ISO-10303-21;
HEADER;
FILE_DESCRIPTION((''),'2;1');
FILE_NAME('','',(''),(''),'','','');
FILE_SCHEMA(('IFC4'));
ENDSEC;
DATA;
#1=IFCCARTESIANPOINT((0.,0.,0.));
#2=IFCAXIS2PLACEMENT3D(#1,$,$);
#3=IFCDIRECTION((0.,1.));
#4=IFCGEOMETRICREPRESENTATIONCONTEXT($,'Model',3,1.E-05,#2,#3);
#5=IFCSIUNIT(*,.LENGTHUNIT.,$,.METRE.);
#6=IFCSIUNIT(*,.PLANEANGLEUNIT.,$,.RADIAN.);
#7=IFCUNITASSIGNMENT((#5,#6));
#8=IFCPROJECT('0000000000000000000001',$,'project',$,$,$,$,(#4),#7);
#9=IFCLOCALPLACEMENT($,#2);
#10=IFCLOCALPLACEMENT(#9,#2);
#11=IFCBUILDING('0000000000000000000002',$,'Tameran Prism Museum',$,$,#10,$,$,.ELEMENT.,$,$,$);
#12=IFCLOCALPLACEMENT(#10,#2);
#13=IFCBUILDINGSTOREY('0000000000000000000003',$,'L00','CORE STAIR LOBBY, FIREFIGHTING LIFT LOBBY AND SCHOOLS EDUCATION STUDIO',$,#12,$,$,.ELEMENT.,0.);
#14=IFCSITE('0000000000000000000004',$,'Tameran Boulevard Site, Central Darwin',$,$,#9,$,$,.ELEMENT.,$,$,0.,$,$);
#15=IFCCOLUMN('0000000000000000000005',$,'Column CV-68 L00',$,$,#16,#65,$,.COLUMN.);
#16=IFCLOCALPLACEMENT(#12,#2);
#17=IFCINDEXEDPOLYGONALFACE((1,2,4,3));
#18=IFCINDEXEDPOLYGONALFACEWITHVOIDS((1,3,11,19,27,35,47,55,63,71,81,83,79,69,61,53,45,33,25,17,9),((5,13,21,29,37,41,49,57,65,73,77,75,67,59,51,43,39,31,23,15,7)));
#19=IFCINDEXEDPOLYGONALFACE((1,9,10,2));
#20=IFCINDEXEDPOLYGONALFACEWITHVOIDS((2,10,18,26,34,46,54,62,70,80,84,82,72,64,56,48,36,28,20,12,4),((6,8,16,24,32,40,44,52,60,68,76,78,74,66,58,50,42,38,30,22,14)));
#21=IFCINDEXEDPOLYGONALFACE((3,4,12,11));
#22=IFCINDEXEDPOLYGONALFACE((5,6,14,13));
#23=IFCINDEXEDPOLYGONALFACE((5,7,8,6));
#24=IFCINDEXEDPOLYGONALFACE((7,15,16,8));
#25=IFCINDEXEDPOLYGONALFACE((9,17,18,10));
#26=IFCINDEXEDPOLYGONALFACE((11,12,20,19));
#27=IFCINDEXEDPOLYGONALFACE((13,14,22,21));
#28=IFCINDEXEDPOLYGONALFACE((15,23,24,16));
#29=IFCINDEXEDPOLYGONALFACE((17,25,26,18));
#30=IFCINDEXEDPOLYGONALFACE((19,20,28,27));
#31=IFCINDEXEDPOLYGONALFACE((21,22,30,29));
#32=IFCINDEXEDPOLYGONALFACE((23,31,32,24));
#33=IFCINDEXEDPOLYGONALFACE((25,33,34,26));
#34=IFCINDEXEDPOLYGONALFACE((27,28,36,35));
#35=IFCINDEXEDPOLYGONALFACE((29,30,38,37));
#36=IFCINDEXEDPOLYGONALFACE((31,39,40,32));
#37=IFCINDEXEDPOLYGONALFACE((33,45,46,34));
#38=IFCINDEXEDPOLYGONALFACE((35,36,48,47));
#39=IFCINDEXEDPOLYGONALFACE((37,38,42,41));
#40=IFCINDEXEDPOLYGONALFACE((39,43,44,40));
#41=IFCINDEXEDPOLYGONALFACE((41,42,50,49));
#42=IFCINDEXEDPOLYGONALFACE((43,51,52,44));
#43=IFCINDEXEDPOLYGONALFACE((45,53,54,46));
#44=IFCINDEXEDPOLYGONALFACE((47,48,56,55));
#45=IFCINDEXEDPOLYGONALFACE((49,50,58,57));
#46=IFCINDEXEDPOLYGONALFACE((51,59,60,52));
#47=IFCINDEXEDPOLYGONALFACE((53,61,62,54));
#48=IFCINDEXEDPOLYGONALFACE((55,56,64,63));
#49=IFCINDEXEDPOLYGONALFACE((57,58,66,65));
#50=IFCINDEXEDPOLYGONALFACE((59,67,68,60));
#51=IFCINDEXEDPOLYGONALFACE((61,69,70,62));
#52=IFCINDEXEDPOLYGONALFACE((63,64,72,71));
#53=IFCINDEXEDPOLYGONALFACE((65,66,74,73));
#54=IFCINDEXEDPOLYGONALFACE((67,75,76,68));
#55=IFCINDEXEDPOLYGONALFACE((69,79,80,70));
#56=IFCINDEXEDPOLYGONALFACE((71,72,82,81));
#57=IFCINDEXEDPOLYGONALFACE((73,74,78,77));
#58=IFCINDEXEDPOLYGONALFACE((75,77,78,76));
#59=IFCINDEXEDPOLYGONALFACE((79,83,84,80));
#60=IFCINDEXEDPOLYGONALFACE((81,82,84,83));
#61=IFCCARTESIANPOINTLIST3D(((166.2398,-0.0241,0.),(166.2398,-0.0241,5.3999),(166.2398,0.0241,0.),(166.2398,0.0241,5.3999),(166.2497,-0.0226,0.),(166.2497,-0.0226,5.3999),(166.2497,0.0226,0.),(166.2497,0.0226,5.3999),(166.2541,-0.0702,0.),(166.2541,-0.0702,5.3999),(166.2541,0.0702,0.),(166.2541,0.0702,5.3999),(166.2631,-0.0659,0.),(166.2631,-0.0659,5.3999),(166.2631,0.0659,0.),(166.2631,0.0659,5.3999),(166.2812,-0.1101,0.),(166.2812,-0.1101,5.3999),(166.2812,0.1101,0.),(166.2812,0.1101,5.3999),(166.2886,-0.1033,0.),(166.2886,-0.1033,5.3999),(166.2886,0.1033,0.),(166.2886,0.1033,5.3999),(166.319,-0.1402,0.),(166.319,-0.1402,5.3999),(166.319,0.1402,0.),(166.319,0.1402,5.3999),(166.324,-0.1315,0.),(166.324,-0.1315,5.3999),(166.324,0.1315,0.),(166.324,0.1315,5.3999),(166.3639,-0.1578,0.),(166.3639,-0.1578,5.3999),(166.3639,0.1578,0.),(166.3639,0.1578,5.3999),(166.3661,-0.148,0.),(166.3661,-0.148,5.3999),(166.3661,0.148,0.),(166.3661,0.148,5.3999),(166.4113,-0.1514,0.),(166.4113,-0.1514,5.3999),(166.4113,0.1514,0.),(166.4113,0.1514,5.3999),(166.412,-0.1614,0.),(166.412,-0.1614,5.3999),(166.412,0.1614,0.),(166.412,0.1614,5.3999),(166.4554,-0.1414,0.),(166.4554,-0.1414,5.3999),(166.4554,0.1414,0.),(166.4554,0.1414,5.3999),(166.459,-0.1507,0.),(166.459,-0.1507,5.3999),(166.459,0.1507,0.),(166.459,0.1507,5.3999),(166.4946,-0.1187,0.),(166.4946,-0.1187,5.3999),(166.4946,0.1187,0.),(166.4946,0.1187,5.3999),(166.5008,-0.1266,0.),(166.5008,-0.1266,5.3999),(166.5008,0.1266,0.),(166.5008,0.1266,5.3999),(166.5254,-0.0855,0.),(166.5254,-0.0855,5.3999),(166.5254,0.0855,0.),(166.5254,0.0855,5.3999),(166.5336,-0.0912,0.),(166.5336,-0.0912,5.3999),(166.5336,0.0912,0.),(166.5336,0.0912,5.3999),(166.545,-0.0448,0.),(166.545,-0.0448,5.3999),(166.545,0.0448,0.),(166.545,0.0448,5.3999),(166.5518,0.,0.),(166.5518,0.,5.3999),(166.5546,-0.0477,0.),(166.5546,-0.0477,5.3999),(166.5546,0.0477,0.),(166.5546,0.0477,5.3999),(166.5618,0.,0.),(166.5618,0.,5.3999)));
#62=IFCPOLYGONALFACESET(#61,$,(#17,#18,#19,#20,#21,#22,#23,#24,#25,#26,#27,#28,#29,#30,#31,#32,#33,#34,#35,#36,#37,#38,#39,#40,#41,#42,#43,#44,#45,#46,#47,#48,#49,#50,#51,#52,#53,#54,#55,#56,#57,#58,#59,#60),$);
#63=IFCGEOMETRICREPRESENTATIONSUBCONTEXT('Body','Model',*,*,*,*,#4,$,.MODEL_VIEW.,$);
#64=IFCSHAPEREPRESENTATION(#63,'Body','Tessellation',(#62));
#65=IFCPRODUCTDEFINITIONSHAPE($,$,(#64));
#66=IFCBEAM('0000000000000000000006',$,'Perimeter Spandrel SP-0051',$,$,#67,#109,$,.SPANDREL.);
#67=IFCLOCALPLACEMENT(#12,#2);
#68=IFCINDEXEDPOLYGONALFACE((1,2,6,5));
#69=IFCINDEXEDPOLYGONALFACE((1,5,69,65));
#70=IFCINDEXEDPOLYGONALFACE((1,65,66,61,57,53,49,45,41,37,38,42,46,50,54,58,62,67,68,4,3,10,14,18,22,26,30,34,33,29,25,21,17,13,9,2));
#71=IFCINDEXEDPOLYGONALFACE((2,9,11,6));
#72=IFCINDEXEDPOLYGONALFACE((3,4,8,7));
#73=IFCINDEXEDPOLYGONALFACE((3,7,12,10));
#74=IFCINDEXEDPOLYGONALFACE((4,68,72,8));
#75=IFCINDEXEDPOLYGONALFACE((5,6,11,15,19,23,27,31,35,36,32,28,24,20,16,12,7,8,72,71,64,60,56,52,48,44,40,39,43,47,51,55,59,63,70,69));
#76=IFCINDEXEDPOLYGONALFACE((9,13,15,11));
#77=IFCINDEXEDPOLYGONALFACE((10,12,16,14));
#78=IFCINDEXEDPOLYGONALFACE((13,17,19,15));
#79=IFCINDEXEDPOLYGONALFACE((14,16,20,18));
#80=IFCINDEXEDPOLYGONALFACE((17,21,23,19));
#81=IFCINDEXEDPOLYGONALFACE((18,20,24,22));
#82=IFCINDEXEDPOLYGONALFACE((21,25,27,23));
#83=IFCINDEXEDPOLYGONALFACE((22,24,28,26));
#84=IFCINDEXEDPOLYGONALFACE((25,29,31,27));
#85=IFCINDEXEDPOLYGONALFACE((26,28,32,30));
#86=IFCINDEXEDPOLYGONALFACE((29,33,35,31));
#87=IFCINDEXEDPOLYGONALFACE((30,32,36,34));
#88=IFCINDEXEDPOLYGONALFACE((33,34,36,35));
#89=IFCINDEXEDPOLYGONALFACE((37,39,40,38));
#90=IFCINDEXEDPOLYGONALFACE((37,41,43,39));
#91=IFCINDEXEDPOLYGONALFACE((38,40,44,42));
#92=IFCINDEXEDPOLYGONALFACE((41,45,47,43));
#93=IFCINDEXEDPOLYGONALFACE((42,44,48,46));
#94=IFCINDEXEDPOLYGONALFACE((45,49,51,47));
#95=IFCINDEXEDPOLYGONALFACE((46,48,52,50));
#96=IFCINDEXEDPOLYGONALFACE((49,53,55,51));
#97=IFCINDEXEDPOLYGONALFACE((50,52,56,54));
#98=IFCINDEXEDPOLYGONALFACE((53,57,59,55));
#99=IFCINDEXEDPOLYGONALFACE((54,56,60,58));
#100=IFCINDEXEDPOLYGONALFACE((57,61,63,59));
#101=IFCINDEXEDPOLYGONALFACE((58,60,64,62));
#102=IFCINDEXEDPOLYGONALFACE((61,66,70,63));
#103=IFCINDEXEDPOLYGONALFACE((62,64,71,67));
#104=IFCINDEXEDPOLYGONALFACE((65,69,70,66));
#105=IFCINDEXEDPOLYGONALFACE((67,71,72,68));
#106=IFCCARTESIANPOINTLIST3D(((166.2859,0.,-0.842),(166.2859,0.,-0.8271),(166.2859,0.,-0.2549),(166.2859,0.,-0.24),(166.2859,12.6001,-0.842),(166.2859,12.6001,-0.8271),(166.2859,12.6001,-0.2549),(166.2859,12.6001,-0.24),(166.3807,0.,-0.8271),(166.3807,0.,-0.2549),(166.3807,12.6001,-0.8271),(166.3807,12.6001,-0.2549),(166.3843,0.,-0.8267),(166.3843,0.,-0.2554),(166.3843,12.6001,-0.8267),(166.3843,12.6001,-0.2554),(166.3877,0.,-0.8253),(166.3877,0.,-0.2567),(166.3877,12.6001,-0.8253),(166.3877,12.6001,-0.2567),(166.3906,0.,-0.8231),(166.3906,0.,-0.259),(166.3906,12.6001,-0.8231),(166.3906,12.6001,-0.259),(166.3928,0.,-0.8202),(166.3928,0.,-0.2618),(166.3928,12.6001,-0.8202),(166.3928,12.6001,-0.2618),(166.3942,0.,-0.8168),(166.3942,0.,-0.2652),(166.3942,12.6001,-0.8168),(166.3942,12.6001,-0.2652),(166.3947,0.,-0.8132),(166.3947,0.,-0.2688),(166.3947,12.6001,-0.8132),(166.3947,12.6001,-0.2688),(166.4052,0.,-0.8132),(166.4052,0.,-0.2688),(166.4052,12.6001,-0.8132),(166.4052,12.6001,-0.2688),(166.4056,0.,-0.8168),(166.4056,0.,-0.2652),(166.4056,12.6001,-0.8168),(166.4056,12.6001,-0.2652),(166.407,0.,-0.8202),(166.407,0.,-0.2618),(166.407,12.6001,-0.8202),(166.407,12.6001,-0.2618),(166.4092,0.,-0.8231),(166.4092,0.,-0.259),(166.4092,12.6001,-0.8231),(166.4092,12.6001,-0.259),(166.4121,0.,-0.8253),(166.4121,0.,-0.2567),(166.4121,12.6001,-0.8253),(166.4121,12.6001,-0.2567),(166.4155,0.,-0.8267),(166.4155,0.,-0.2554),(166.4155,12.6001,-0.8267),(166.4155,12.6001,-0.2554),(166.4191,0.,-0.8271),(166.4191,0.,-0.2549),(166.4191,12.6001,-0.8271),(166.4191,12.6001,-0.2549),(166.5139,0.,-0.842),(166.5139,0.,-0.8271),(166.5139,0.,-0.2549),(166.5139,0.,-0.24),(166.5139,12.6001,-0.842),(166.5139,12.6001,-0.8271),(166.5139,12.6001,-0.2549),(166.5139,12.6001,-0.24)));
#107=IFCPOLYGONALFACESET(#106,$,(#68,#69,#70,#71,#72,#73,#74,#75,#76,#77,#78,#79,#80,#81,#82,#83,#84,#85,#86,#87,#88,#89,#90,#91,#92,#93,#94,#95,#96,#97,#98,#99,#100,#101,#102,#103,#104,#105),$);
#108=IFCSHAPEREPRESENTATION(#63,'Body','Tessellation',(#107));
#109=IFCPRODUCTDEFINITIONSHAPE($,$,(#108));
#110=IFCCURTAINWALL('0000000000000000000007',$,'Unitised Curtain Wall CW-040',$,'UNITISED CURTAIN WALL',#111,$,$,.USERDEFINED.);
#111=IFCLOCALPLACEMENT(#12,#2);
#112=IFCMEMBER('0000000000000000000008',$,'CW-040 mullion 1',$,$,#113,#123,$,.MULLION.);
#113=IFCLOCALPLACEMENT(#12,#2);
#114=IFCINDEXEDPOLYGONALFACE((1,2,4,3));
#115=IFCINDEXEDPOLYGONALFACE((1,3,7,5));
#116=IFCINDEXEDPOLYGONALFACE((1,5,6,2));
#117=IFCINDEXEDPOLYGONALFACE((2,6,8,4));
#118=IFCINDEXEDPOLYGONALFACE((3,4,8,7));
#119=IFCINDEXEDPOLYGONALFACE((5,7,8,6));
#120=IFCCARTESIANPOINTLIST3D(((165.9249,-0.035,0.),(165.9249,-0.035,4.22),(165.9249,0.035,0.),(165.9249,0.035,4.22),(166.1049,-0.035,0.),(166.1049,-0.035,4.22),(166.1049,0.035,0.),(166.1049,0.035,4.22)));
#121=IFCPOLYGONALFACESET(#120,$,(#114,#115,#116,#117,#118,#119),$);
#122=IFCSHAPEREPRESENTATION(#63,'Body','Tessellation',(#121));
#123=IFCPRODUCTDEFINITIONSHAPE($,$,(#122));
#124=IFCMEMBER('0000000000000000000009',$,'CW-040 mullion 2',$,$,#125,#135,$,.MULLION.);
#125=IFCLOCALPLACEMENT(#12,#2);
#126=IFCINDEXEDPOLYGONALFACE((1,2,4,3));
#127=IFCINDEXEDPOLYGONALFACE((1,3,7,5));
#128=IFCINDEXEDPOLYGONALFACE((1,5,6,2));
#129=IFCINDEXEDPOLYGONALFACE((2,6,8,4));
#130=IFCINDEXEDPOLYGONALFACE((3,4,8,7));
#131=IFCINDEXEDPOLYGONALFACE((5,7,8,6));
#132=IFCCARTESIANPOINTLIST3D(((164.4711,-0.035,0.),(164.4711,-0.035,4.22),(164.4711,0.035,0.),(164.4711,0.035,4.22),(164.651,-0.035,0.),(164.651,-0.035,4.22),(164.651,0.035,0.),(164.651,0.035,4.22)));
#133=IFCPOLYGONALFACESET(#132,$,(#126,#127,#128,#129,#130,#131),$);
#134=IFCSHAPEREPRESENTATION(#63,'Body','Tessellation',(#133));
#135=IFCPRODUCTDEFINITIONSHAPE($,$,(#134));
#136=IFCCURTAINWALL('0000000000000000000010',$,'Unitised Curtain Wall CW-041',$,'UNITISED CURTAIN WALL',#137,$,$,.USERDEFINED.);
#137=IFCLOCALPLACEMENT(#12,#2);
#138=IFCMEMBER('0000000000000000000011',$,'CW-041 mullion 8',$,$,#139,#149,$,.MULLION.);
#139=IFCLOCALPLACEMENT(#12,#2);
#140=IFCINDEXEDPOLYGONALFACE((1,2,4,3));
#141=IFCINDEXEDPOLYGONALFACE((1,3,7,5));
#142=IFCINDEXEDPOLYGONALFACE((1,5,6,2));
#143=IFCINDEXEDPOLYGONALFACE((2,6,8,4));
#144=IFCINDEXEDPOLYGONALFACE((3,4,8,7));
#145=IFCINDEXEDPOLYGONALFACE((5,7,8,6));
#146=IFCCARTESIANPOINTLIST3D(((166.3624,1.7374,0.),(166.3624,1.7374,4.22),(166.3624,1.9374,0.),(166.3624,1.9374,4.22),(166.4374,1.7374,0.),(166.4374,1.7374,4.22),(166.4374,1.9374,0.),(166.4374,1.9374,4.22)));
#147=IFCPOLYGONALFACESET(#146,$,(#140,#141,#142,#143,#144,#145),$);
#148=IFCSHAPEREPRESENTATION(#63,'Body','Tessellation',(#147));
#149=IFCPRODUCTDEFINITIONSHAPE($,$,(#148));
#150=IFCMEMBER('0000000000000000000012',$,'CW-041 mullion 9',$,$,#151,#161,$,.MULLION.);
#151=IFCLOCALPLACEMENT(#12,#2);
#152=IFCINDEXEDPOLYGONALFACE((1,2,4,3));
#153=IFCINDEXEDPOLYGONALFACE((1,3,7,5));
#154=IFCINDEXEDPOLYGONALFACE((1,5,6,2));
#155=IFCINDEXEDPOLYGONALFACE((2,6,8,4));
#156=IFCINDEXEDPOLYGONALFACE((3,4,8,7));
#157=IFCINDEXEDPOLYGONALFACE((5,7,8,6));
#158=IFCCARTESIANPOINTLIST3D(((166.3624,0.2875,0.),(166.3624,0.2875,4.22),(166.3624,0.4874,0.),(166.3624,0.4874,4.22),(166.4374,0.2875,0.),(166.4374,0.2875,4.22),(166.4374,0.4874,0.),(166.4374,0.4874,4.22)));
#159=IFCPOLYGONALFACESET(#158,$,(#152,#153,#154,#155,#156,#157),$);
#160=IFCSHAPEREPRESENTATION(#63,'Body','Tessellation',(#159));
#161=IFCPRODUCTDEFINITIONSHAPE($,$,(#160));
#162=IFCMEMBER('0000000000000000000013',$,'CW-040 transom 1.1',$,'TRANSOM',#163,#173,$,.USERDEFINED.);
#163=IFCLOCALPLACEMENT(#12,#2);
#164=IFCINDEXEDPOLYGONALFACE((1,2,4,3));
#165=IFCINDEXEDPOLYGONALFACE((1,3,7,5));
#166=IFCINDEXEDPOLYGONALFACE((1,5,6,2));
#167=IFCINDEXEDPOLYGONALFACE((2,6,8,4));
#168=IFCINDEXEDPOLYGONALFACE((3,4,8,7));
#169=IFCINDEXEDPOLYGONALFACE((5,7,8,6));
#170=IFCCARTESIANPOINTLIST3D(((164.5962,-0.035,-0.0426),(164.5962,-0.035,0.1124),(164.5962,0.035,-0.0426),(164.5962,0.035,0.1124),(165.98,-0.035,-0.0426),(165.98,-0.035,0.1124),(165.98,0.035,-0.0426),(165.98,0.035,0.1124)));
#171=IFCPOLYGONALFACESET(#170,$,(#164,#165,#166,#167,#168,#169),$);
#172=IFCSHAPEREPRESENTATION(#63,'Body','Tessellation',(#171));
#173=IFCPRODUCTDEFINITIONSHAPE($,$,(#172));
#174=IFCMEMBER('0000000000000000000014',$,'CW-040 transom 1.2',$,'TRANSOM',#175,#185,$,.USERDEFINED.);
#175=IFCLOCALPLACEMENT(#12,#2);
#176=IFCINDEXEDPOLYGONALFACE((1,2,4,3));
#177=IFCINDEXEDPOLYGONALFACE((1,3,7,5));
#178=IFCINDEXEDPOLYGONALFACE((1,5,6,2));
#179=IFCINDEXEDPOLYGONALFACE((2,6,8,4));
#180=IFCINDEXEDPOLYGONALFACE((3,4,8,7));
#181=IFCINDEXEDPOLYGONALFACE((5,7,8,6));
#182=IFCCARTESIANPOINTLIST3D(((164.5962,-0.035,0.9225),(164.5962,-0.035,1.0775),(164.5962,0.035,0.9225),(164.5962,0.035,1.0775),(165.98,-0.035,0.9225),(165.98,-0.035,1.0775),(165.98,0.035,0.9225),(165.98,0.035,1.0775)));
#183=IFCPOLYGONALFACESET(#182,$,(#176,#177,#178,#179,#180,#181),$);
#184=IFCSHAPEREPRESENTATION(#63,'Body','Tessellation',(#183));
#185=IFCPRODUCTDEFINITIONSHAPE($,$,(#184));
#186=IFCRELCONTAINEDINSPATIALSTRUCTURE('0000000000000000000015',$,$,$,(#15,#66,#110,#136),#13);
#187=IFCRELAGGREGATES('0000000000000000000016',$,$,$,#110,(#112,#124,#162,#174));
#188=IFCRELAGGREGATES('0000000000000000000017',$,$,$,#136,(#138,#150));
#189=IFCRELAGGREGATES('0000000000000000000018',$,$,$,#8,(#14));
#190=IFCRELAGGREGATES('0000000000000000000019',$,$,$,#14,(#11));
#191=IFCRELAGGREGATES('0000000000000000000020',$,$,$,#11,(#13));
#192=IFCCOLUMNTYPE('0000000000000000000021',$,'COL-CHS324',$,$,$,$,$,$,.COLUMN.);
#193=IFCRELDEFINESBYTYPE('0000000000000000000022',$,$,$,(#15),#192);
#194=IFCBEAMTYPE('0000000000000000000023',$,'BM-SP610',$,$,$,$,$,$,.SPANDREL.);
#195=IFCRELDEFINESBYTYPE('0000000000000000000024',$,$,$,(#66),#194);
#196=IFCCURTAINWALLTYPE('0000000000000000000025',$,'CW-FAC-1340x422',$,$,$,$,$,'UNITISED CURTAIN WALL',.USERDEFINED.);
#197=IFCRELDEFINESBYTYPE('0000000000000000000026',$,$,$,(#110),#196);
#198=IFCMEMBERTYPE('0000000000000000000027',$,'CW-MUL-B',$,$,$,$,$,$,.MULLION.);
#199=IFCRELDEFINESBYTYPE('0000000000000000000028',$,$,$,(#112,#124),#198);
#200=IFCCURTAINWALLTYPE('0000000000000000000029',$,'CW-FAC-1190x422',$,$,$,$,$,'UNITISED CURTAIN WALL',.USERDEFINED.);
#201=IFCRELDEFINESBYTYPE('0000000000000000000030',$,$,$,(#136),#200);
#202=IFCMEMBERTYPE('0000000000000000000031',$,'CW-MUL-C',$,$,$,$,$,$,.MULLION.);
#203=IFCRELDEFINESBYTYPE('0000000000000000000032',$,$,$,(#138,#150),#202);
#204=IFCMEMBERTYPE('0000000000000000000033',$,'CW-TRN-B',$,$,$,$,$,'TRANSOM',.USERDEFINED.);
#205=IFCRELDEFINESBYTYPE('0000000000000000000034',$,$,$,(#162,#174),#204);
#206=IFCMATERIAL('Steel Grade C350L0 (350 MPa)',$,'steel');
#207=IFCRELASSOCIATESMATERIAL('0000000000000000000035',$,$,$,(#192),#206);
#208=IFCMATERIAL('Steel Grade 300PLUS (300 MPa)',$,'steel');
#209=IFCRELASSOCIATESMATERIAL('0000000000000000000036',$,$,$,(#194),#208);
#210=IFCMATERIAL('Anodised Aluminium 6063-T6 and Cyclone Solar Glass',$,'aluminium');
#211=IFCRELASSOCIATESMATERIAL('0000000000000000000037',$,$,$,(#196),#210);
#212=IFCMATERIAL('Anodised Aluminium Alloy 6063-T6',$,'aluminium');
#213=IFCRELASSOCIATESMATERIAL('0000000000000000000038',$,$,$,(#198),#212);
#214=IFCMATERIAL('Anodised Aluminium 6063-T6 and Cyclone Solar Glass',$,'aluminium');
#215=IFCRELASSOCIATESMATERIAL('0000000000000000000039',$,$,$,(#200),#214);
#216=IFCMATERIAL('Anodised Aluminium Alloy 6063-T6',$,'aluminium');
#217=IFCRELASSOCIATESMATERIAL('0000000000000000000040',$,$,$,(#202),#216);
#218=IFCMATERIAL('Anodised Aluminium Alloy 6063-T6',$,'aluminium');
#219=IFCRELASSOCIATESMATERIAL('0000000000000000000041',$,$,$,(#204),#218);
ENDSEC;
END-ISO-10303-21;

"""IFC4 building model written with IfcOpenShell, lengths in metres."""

from ifc_helpers import new_model, si_unit, direction, frame, origin, origin_2d, place, context, subcontext, project, spatial, rectangle, hollow_circle, i_section, extrude, material, material_profile, profile_set, type_object, element, aggregate, save


model = new_model("IFC4")

# Units and contexts
model_context = context("Model", 3, precision=1e-05, world=origin(), true_north=direction((0.0, 1.0)))
body_context = subcontext(model_context, "Body", "Model", "MODEL_VIEW")
ifc_project = project(units=[si_unit("LENGTHUNIT", "METRE"), si_unit("PLANEANGLEUNIT", "RADIAN")], contexts=[model_context])

# Site, building, storey
site_placement = place(None, origin())
site = spatial("IfcSite", under=ifc_project, at=site_placement, Name="Tameran Boulevard Site, Central Darwin", CompositionType="ELEMENT", RefElevation=0.0)
building_placement = place(site_placement, origin())
building = spatial("IfcBuilding", under=site, at=building_placement, Name="Tameran Prism Museum", CompositionType="ELEMENT")
storey_placement = place(building_placement, origin())
storey = spatial("IfcBuildingStorey", under=building, at=storey_placement, Name="L00", Description="CORE STAIR LOBBY, FIREFIGHTING LIFT LOBBY AND SCHOOLS EDUCATION STUDIO", CompositionType="ELEMENT", Elevation=0.0)

# Column
ifc_material_1 = material(Name="Steel Grade C350L0 (350 MPa)", Category="steel")
ifc_material_profile_1 = material_profile(ifc_material_1, hollow_circle(Radius=0.1619, WallThickness=0.01, at=origin_2d()))
ifc_profile_set_1 = profile_set([ifc_material_profile_1])
column_type = type_object("IfcColumnType", Name="COL-CHS324", PredefinedType="COLUMN", material=ifc_profile_set_1)
column_placement = place(storey_placement, frame((166.3999, 0.0, 0.0), z_axis=(0.0, 0.0, 1.0), x_axis=(1.0, 0.0, 0.0)))
element("IfcColumn", 1, at=column_placement, inside=storey, type_object=column_type, Name="Column CV-68 L00", PredefinedType="COLUMN", context=body_context, shape_type="SweptSolid", body=[
    extrude(hollow_circle(Radius=0.1619, WallThickness=0.01, at=origin_2d()), origin(), (0.0, 0.0, 1.0), 5.3999),
])

# Beam
ifc_material_2 = material(Name="Steel Grade 300PLUS (300 MPa)", Category="steel")
ifc_material_profile_2 = material_profile(ifc_material_2, i_section(OverallWidth=0.228, OverallDepth=0.6021, WebThickness=0.0105, FlangeThickness=0.0149, FilletRadius=0.0139, at=origin_2d()))
ifc_profile_set_2 = profile_set([ifc_material_profile_2])
beam_type = type_object("IfcBeamType", Name="BM-SP610", PredefinedType="SPANDREL", material=ifc_profile_set_2)
beam_placement = place(storey_placement, frame((166.3999, 0.0, -0.541), z_axis=(0.0, 1.0, 0.0), x_axis=(-1.0, 0.0, 0.0)))
element("IfcBeam", 2, at=beam_placement, inside=storey, type_object=beam_type, Name="Perimeter Spandrel SP-0051", PredefinedType="SPANDREL", context=body_context, shape_type="SweptSolid", body=[
    extrude(i_section(OverallWidth=0.228, OverallDepth=0.6021, WebThickness=0.0105, FlangeThickness=0.0149, FilletRadius=0.0139, at=origin_2d()), origin(), (0.0, 0.0, 1.0), 12.6001),
])

# Curtain walls, members
ifc_material_3 = material(Name="Anodised Aluminium 6063-T6 and Cyclone Solar Glass", Category="aluminium")
curtain_wall_type_1 = type_object("IfcCurtainWallType", Name="CW-FAC-1340x422", ElementType="UNITISED CURTAIN WALL", PredefinedType="USERDEFINED", material=ifc_material_3)
curtain_wall_1_placement = place(storey_placement, origin())
curtain_wall_1 = element("IfcCurtainWall", 3, at=curtain_wall_1_placement, inside=storey, type_object=curtain_wall_type_1, Name="Unitised Curtain Wall CW-040", ObjectType="UNITISED CURTAIN WALL", PredefinedType="USERDEFINED")
ifc_material_4 = material(Name="Anodised Aluminium Alloy 6063-T6", Category="aluminium")
ifc_material_profile_3 = material_profile(ifc_material_4, rectangle(XDim=0.0701, YDim=0.1799, at=origin_2d()))
ifc_profile_set_3 = profile_set([ifc_material_profile_3])
member_type_1 = type_object("IfcMemberType", Name="CW-MUL-B", PredefinedType="MULLION", material=ifc_profile_set_3)
member_1_placement = place(storey_placement, frame((166.0149, 0.0, 0.0), z_axis=(0.0, 0.0, 1.0), x_axis=(0.0, -1.0, 0.0)))
member_1 = element("IfcMember", 4, at=member_1_placement, type_object=member_type_1, Name="CW-040 mullion 1", PredefinedType="MULLION", context=body_context, shape_type="SweptSolid", body=[
    extrude(rectangle(XDim=0.0701, YDim=0.1799, at=origin_2d()), origin(), (0.0, 0.0, 1.0), 4.22),
])
member_2_placement = place(storey_placement, frame((164.561, 0.0, 0.0), z_axis=(0.0, 0.0, 1.0), x_axis=(0.0, -1.0, 0.0)))
member_2 = element("IfcMember", 5, at=member_2_placement, type_object=member_type_1, Name="CW-040 mullion 2", PredefinedType="MULLION", context=body_context, shape_type="SweptSolid", body=[
    extrude(rectangle(XDim=0.0701, YDim=0.1799, at=origin_2d()), origin(), (0.0, 0.0, 1.0), 4.22),
])
ifc_material_5 = material(Name="Anodised Aluminium 6063-T6 and Cyclone Solar Glass", Category="aluminium")
curtain_wall_type_2 = type_object("IfcCurtainWallType", Name="CW-FAC-1190x422", ElementType="UNITISED CURTAIN WALL", PredefinedType="USERDEFINED", material=ifc_material_5)
curtain_wall_2_placement = place(storey_placement, origin())
curtain_wall_2 = element("IfcCurtainWall", 6, at=curtain_wall_2_placement, inside=storey, type_object=curtain_wall_type_2, Name="Unitised Curtain Wall CW-041", ObjectType="UNITISED CURTAIN WALL", PredefinedType="USERDEFINED")
ifc_material_6 = material(Name="Anodised Aluminium Alloy 6063-T6", Category="aluminium")
ifc_material_profile_4 = material_profile(ifc_material_6, rectangle(XDim=0.075, YDim=0.2, at=origin_2d()))
ifc_profile_set_4 = profile_set([ifc_material_profile_4])
member_type_2 = type_object("IfcMemberType", Name="CW-MUL-C", PredefinedType="MULLION", material=ifc_profile_set_4)
member_3_placement = place(storey_placement, frame((166.3999, 1.8374, 0.0), z_axis=(0.0, 0.0, 1.0), x_axis=(1.0, 0.0, 0.0)))
member_3 = element("IfcMember", 7, at=member_3_placement, type_object=member_type_2, Name="CW-041 mullion 8", PredefinedType="MULLION", context=body_context, shape_type="SweptSolid", body=[
    extrude(rectangle(XDim=0.075, YDim=0.2, at=origin_2d()), origin(), (0.0, 0.0, 1.0), 4.22),
])
member_4_placement = place(storey_placement, frame((166.3999, 0.3875, 0.0), z_axis=(0.0, 0.0, 1.0), x_axis=(1.0, 0.0, 0.0)))
member_4 = element("IfcMember", 8, at=member_4_placement, type_object=member_type_2, Name="CW-041 mullion 9", PredefinedType="MULLION", context=body_context, shape_type="SweptSolid", body=[
    extrude(rectangle(XDim=0.075, YDim=0.2, at=origin_2d()), origin(), (0.0, 0.0, 1.0), 4.22),
])

# Members
ifc_material_7 = material(Name="Anodised Aluminium Alloy 6063-T6", Category="aluminium")
ifc_material_profile_5 = material_profile(ifc_material_7, rectangle(XDim=0.0701, YDim=0.155, at=origin_2d()))
ifc_profile_set_5 = profile_set([ifc_material_profile_5])
member_type_3 = type_object("IfcMemberType", Name="CW-TRN-B", ElementType="TRANSOM", PredefinedType="USERDEFINED", material=ifc_profile_set_5)
member_5_placement = place(storey_placement, frame((165.98, 0.0, 0.0349), z_axis=(-1.0, 0.0, 0.0), x_axis=(0.0, -1.0, 0.0)))
member_5 = element("IfcMember", 9, at=member_5_placement, type_object=member_type_3, Name="CW-040 transom 1.1", ObjectType="TRANSOM", PredefinedType="USERDEFINED", context=body_context, shape_type="SweptSolid", body=[
    extrude(rectangle(XDim=0.0701, YDim=0.155, at=origin_2d()), origin(), (0.0, 0.0, 1.0), 1.3838),
])
member_6_placement = place(storey_placement, frame((165.98, 0.0, 1.0), z_axis=(-1.0, 0.0, 0.0), x_axis=(0.0, -1.0, 0.0)))
member_6 = element("IfcMember", 10, at=member_6_placement, type_object=member_type_3, Name="CW-040 transom 1.2", ObjectType="TRANSOM", PredefinedType="USERDEFINED", context=body_context, shape_type="SweptSolid", body=[
    extrude(rectangle(XDim=0.0701, YDim=0.155, at=origin_2d()), origin(), (0.0, 0.0, 1.0), 1.3838),
])

aggregate(curtain_wall_1, [member_1, member_2, member_5, member_6])
aggregate(curtain_wall_2, [member_3, member_4])

save(model, "model.ifc")
